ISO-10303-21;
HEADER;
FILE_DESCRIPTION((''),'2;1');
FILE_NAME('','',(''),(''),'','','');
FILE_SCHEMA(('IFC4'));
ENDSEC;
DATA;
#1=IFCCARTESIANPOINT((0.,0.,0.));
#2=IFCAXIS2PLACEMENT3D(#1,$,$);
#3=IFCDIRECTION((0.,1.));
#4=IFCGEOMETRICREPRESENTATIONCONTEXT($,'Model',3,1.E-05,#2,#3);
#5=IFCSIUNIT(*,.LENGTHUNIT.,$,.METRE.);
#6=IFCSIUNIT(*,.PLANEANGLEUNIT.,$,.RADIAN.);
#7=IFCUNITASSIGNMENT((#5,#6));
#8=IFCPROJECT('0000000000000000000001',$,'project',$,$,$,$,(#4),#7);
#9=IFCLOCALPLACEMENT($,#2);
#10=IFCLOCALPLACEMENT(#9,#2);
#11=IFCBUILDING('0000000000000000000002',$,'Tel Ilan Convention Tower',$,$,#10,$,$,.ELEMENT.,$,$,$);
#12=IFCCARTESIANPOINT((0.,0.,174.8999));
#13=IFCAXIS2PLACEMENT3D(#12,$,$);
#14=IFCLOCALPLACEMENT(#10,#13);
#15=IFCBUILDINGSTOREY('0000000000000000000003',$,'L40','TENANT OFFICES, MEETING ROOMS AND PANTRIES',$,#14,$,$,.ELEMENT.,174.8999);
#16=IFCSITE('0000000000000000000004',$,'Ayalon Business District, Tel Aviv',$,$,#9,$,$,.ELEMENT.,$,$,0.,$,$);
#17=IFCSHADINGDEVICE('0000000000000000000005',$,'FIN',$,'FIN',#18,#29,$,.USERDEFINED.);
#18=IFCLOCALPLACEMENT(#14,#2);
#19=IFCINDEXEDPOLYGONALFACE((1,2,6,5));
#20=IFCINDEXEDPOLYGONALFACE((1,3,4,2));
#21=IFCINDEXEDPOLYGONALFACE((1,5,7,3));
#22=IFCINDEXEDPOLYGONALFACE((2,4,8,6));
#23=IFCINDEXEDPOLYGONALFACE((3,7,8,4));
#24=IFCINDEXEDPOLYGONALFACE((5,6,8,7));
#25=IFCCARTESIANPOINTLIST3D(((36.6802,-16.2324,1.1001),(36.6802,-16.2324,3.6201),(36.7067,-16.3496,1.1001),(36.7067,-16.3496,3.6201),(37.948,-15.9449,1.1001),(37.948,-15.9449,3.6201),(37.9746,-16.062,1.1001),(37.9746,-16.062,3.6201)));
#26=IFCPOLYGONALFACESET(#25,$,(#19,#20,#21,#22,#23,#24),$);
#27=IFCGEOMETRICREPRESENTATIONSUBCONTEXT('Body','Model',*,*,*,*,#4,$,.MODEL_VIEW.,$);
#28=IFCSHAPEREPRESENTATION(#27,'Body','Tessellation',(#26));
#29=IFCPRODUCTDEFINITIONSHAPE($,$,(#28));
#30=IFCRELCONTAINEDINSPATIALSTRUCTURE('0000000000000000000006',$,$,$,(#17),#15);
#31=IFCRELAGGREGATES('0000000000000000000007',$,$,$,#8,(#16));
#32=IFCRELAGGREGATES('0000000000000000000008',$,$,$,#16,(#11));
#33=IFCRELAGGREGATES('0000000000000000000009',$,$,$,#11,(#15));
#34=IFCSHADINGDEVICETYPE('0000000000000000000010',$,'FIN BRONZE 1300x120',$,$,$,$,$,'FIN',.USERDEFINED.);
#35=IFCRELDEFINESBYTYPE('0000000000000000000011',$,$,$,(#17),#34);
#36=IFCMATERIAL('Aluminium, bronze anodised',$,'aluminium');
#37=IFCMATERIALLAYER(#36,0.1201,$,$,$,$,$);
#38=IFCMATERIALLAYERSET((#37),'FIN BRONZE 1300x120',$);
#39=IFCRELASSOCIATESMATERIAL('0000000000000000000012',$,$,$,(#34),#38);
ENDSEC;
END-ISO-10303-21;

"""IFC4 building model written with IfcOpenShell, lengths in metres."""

from ifc_helpers import new_model, si_unit, direction, frame, origin, origin_2d, place, context, subcontext, project, spatial, rectangle, extrude, material, layer, layer_set, type_object, element, save


model = new_model("IFC4")

# Units and contexts
model_context = context("Model", 3, precision=1e-05, world=origin(), true_north=direction((0.0, 1.0)))
body_context = subcontext(model_context, "Body", "Model", "MODEL_VIEW")
ifc_project = project(units=[si_unit("LENGTHUNIT", "METRE"), si_unit("PLANEANGLEUNIT", "RADIAN")], contexts=[model_context])

# Site, building, storey
site_placement = place(None, origin())
site = spatial("IfcSite", under=ifc_project, at=site_placement, Name="Ayalon Business District, Tel Aviv", CompositionType="ELEMENT", RefElevation=0.0)
building_placement = place(site_placement, origin())
building = spatial("IfcBuilding", under=site, at=building_placement, Name="Tel Ilan Convention Tower", CompositionType="ELEMENT")
storey_placement = place(building_placement, frame((0.0, 0.0, 174.8999)))
storey = spatial("IfcBuildingStorey", under=building, at=storey_placement, Name="L40", Description="TENANT OFFICES, MEETING ROOMS AND PANTRIES", CompositionType="ELEMENT", Elevation=174.8999)

# Shading device
ifc_material_1 = material(Name="Aluminium, bronze anodised", Category="aluminium")
ifc_layer_1 = layer(ifc_material_1, 0.1201)
ifc_layer_set_1 = layer_set([ifc_layer_1], Name="FIN BRONZE 1300x120")
shading_device_type = type_object("IfcShadingDeviceType", Name="FIN BRONZE 1300x120", ElementType="FIN", PredefinedType="USERDEFINED", material=ifc_layer_set_1)
for number, where, z_axis, x_axis, name in (
    (1, (37.3274, -16.1472, 1.1001), (0.0, 0.0, 1.0), (0.975235, 0.22117, 0.0), "FIN"),
):
    element("IfcShadingDevice", number, at=place(storey_placement, frame(where, z_axis=z_axis, x_axis=x_axis)), inside=storey, type_object=shading_device_type, Name=name, ObjectType="FIN", PredefinedType="USERDEFINED", context=body_context, shape_type="SweptSolid", body=[
        extrude(rectangle(XDim=1.3, YDim=0.1201, at=origin_2d()), origin(), (0.0, 0.0, 1.0), 2.52),
    ])

save(model, "model.ifc")
